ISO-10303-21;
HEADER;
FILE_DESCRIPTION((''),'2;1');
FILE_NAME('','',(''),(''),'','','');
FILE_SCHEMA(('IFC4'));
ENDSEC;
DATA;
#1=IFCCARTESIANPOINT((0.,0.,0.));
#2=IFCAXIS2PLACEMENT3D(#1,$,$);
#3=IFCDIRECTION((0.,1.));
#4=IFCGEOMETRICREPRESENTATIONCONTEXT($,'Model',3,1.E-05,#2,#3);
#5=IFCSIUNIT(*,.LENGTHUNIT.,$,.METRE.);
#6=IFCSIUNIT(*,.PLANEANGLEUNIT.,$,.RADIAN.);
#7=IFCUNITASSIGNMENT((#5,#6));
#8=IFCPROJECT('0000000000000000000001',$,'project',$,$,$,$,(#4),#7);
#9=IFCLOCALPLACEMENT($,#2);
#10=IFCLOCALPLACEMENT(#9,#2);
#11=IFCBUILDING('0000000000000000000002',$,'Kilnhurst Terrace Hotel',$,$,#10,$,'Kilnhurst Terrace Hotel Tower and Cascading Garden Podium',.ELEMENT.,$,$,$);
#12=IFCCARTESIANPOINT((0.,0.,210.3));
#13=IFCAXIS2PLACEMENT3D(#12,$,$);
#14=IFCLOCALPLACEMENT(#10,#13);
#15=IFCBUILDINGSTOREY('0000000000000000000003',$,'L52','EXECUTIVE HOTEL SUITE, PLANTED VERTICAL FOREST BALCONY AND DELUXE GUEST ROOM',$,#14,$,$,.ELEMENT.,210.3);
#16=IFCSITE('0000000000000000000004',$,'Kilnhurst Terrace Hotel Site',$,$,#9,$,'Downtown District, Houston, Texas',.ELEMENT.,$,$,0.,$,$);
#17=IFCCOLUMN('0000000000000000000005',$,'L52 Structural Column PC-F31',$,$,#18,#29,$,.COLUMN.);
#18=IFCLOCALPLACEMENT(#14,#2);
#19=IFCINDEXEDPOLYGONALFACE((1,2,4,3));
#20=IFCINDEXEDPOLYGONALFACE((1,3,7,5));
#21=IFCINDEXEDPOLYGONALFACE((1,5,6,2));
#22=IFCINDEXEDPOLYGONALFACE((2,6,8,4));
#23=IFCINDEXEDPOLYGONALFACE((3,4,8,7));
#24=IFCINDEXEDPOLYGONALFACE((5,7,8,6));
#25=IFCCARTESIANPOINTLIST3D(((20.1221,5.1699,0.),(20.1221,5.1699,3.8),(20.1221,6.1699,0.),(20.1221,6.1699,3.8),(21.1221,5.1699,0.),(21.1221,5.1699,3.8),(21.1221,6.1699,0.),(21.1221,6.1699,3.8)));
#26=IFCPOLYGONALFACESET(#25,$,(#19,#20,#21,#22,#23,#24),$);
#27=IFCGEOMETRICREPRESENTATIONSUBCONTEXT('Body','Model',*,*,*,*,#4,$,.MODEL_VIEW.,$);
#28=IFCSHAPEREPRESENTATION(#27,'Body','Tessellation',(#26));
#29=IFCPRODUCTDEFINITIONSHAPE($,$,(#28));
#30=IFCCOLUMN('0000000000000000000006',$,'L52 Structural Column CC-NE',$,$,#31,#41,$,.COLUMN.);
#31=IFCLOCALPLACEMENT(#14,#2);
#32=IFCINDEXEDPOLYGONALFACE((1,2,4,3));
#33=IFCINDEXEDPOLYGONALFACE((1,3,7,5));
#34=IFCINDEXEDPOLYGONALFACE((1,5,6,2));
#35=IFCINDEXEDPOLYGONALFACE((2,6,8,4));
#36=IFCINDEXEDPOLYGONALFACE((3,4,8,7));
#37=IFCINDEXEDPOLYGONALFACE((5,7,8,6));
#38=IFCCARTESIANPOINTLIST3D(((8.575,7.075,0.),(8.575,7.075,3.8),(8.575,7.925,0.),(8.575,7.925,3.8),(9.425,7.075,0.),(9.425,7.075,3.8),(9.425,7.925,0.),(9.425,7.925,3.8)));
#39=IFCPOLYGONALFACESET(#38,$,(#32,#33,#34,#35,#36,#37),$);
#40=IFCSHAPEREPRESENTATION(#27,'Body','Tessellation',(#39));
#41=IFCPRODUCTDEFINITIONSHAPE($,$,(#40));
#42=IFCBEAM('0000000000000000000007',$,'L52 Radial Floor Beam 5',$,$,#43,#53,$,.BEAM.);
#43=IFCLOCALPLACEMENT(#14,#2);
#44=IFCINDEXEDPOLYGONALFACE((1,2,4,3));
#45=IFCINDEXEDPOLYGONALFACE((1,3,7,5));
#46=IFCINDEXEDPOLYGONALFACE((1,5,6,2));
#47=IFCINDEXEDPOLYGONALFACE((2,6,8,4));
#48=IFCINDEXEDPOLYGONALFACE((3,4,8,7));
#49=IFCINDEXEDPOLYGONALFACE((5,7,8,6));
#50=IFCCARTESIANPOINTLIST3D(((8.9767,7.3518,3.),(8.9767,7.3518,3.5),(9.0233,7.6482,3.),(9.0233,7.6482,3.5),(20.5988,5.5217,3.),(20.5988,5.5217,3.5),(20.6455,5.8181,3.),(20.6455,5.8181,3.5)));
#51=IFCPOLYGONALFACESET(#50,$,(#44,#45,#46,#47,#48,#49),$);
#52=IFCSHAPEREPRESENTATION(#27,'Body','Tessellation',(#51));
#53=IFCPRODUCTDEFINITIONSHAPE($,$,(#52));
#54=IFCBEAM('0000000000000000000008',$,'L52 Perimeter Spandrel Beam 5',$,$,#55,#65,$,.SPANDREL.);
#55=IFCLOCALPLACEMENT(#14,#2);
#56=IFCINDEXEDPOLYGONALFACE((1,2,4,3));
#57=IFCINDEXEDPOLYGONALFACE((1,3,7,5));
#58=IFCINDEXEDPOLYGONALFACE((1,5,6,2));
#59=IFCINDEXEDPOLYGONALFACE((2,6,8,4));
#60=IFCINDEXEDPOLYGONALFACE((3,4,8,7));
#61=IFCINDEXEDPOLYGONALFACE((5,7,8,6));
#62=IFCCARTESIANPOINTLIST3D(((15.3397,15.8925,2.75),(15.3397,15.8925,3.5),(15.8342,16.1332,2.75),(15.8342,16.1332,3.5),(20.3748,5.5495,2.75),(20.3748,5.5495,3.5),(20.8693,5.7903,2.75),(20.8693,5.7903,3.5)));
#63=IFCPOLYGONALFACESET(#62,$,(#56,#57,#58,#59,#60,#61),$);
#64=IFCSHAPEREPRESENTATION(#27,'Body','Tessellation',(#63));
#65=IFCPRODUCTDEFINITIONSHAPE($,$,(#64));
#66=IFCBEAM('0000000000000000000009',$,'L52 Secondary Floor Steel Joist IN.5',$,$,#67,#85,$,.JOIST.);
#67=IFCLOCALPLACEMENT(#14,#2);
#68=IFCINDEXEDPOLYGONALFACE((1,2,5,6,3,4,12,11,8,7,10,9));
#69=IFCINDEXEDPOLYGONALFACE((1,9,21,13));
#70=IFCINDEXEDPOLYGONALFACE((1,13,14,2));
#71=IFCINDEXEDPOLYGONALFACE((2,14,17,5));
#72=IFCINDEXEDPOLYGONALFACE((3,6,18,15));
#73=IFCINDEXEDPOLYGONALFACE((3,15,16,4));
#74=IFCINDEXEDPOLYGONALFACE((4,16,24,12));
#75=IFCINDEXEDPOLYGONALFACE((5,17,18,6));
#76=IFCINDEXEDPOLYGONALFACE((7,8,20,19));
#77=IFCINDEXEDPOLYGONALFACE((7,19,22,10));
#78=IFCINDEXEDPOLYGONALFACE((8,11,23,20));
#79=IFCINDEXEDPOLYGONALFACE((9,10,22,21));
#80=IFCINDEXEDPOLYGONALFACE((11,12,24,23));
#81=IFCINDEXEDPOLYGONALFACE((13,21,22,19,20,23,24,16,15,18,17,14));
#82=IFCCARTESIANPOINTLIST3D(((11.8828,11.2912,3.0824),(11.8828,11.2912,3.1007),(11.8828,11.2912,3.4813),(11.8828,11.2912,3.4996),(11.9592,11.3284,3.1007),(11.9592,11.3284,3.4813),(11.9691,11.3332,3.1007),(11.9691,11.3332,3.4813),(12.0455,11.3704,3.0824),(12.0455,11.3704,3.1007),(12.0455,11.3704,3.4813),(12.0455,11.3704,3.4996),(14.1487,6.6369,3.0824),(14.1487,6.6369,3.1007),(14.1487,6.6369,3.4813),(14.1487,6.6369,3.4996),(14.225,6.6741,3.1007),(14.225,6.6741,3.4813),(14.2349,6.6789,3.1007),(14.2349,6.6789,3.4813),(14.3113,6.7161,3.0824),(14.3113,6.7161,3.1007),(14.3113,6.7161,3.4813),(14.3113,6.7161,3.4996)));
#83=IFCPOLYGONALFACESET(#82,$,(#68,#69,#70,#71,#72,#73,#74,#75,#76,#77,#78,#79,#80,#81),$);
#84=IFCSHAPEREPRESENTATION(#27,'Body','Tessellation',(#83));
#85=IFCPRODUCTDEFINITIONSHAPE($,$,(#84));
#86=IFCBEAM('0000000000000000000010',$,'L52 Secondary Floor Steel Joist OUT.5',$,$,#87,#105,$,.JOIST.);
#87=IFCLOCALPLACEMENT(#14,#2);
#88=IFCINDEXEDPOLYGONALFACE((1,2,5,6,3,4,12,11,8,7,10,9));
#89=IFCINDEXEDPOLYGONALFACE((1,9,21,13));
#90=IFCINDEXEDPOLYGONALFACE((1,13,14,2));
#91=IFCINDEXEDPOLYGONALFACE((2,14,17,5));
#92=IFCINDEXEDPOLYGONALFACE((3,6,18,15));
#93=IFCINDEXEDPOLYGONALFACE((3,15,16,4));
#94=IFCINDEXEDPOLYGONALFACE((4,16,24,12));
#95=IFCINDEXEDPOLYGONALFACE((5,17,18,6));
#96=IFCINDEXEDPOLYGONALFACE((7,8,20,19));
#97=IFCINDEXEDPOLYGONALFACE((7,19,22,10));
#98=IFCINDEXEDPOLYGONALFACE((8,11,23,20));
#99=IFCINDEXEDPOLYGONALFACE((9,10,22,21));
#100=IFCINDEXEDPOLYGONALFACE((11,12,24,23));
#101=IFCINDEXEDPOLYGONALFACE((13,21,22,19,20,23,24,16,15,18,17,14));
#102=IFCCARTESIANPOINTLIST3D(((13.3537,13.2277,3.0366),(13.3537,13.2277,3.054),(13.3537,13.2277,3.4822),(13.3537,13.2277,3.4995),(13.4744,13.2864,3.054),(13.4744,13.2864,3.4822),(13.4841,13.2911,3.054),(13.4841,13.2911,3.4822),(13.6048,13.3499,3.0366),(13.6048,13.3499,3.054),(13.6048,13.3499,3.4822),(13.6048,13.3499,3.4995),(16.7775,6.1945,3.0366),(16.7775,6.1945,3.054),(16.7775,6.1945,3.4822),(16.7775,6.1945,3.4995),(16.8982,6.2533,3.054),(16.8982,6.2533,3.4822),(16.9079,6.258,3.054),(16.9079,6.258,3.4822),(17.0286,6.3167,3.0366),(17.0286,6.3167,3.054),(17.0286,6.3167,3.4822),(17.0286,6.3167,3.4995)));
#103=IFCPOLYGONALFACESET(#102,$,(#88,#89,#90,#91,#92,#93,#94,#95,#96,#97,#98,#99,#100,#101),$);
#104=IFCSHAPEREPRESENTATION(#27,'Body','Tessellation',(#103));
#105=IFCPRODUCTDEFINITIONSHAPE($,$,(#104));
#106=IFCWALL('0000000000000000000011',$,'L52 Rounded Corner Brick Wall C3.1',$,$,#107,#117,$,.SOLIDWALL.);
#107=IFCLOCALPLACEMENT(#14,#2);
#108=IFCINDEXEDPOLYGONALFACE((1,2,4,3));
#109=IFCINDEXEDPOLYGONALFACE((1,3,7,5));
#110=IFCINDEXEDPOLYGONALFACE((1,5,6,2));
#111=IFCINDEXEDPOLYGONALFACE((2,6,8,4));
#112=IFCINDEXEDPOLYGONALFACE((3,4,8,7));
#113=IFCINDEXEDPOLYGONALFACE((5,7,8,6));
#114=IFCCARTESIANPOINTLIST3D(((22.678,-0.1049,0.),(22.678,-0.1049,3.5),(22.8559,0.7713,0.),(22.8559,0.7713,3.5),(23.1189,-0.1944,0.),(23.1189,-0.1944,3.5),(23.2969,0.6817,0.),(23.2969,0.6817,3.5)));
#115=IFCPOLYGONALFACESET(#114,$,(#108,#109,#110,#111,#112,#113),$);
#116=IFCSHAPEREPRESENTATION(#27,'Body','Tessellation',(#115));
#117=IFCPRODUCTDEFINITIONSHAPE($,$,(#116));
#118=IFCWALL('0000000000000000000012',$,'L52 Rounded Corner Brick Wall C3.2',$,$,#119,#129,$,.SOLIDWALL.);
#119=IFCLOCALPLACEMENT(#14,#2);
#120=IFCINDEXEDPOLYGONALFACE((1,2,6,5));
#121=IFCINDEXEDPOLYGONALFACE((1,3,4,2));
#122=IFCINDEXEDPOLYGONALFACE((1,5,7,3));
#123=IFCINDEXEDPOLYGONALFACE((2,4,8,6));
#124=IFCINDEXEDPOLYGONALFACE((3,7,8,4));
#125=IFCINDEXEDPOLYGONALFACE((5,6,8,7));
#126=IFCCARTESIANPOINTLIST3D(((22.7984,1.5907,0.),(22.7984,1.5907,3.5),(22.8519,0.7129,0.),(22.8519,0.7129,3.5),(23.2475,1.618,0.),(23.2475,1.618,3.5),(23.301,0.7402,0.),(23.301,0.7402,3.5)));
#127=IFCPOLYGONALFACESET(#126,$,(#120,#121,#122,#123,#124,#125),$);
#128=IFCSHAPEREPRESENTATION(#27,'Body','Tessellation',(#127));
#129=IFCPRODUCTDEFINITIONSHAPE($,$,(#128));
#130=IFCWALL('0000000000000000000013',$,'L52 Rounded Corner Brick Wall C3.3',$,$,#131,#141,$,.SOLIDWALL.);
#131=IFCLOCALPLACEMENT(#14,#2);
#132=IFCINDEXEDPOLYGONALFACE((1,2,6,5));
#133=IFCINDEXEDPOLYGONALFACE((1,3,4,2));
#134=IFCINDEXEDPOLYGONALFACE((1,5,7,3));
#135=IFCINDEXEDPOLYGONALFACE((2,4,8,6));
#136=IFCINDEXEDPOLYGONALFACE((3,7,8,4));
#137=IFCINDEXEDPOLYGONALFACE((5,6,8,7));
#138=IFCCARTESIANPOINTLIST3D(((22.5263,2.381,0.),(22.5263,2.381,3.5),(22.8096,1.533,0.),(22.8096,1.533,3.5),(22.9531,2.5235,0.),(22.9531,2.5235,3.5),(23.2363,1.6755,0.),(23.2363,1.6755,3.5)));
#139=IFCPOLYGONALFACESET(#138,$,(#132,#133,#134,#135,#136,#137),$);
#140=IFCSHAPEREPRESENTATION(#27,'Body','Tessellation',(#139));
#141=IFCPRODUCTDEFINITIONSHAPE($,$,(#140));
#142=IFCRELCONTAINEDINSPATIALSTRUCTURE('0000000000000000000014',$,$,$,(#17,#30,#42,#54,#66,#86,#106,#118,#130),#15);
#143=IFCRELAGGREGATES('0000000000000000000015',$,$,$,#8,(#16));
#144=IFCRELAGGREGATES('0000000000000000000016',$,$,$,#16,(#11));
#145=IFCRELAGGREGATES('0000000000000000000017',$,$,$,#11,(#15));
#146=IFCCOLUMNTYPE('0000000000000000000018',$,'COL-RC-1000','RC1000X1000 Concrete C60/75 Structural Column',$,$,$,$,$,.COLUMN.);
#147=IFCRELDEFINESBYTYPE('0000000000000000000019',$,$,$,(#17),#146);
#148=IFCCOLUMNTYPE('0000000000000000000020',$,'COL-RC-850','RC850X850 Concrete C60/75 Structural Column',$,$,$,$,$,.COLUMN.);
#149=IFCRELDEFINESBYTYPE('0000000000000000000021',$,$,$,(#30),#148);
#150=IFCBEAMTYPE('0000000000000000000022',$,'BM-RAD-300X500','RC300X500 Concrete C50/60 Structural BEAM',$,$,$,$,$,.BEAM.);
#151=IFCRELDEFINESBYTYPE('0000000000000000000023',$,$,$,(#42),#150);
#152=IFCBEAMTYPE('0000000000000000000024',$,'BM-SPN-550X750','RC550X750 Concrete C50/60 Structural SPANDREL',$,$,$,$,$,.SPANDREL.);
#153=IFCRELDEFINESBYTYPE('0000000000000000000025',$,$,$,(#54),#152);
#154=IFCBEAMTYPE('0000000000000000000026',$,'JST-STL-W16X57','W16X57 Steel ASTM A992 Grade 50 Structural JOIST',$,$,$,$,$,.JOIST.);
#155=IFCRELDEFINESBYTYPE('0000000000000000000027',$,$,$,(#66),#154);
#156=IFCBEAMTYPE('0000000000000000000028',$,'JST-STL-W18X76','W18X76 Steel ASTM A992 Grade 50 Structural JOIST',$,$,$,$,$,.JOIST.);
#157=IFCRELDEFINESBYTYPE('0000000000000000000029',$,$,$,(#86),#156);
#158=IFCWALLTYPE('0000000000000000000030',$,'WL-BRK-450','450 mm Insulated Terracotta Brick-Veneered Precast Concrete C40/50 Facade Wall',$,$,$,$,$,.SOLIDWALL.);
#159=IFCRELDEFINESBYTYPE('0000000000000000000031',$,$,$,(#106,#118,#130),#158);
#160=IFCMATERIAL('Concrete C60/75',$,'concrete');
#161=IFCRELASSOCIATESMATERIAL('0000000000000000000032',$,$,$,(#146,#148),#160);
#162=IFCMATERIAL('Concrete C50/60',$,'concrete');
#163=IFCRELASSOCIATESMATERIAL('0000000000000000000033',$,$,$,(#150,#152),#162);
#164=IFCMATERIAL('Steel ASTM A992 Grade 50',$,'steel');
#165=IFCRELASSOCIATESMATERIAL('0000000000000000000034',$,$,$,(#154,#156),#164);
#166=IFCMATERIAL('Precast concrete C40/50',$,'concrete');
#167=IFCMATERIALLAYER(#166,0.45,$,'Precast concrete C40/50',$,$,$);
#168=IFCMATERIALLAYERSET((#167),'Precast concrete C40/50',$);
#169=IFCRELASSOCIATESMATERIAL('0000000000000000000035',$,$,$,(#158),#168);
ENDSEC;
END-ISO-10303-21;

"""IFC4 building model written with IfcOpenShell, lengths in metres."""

from ifc_helpers import new_model, si_unit, direction, frame, frame_2d, origin, origin_2d, place, context, subcontext, project, spatial, rectangle, i_section, extrude, material, layer, layer_set, material_profile, profile_set, type_object, element, save


model = new_model("IFC4")

# Units and contexts
model_context = context("Model", 3, precision=1e-05, world=origin(), true_north=direction((0.0, 1.0)))
body_context = subcontext(model_context, "Body", "Model", "MODEL_VIEW")
ifc_project = project(units=[si_unit("LENGTHUNIT", "METRE"), si_unit("PLANEANGLEUNIT", "RADIAN")], contexts=[model_context])

# Site, building, storey
site_placement = place(None, origin())
site = spatial("IfcSite", under=ifc_project, at=site_placement, Name="Kilnhurst Terrace Hotel Site", LongName="Downtown District, Houston, Texas", CompositionType="ELEMENT", RefElevation=0.0)
building_placement = place(site_placement, origin())
building = spatial("IfcBuilding", under=site, at=building_placement, Name="Kilnhurst Terrace Hotel", LongName="Kilnhurst Terrace Hotel Tower and Cascading Garden Podium", CompositionType="ELEMENT")
storey_placement = place(building_placement, frame((0.0, 0.0, 210.3)))
storey = spatial("IfcBuildingStorey", under=building, at=storey_placement, Name="L52", Description="EXECUTIVE HOTEL SUITE, PLANTED VERTICAL FOREST BALCONY AND DELUXE GUEST ROOM", CompositionType="ELEMENT", Elevation=210.3)

# Columns
ifc_material_1 = material(Name="Concrete C60/75", Category="concrete")
ifc_material_profile_1 = material_profile(ifc_material_1, rectangle(XDim=1.0, YDim=1.0, at=origin_2d()), Name="RC1000X1000")
ifc_profile_set_1 = profile_set([ifc_material_profile_1], Name="Concrete C60/75")
column_type_1 = type_object("IfcColumnType", Name="COL-RC-1000", Description="RC1000X1000 Concrete C60/75 Structural Column", PredefinedType="COLUMN", material=ifc_profile_set_1)
column_1_placement = place(storey_placement, frame((20.6221, 5.6699, 0.0), z_axis=(0.0, 0.0, 1.0), x_axis=(1.0, 0.0, 0.0)))
element("IfcColumn", 1, at=column_1_placement, inside=storey, type_object=column_type_1, Name="L52 Structural Column PC-F31", PredefinedType="COLUMN", context=body_context, shape_type="SweptSolid", body=[
    extrude(rectangle(XDim=1.0, YDim=1.0, at=origin_2d()), origin(), (0.0, 0.0, 1.0), 3.8),
])
ifc_material_profile_2 = material_profile(ifc_material_1, rectangle(XDim=0.8501, YDim=0.8501, at=origin_2d()), Name="RC850X850")
ifc_profile_set_2 = profile_set([ifc_material_profile_2], Name="Concrete C60/75")
column_type_2 = type_object("IfcColumnType", Name="COL-RC-850", Description="RC850X850 Concrete C60/75 Structural Column", PredefinedType="COLUMN", material=ifc_profile_set_2)
column_2_placement = place(storey_placement, frame((9.0, 7.5, 0.0), z_axis=(0.0, 0.0, 1.0), x_axis=(1.0, 0.0, 0.0)))
element("IfcColumn", 2, at=column_2_placement, inside=storey, type_object=column_type_2, Name="L52 Structural Column CC-NE", PredefinedType="COLUMN", context=body_context, shape_type="SweptSolid", body=[
    extrude(rectangle(XDim=0.8501, YDim=0.8501, at=origin_2d()), origin(), (0.0, 0.0, 1.0), 3.8),
])

# Beams
ifc_material_2 = material(Name="Concrete C50/60", Category="concrete")
ifc_material_profile_3 = material_profile(ifc_material_2, rectangle(XDim=0.3, YDim=0.5, at=origin_2d()), Name="RC300X500")
ifc_profile_set_3 = profile_set([ifc_material_profile_3], Name="Concrete C50/60")
beam_type_1 = type_object("IfcBeamType", Name="BM-RAD-300X500", Description="RC300X500 Concrete C50/60 Structural BEAM", PredefinedType="BEAM", material=ifc_profile_set_3)
beam_1_placement = place(storey_placement, frame((9.0, 7.5, 3.25), z_axis=(0.987828, -0.155549, 0.0), x_axis=(0.155549, 0.987828, 0.0)))
element("IfcBeam", 3, at=beam_1_placement, inside=storey, type_object=beam_type_1, Name="L52 Radial Floor Beam 5", PredefinedType="BEAM", context=body_context, shape_type="SweptSolid", body=[
    extrude(rectangle(XDim=0.3, YDim=0.5, at=origin_2d()), origin(), (0.0, 0.0, 1.0), 11.7654),
])
ifc_material_profile_4 = material_profile(ifc_material_2, rectangle(XDim=0.55, YDim=0.75, at=origin_2d()), Name="RC550X750")
ifc_profile_set_4 = profile_set([ifc_material_profile_4], Name="Concrete C50/60")
beam_type_2 = type_object("IfcBeamType", Name="BM-SPN-550X750", Description="RC550X750 Concrete C50/60 Structural SPANDREL", PredefinedType="SPANDREL", material=ifc_profile_set_4)
beam_2_placement = place(storey_placement, frame((20.6221, 5.6699, 3.125), z_axis=(-0.437706, 0.899118, 0.0), x_axis=(-0.899118, -0.437706, 0.0)))
element("IfcBeam", 4, at=beam_2_placement, inside=storey, type_object=beam_type_2, Name="L52 Perimeter Spandrel Beam 5", PredefinedType="SPANDREL", context=body_context, shape_type="SweptSolid", body=[
    extrude(rectangle(XDim=0.55, YDim=0.75, at=origin_2d()), origin(), (0.0, 0.0, 1.0), 11.5034),
])
ifc_material_3 = material(Name="Steel ASTM A992 Grade 50", Category="steel")
ifc_material_profile_5 = material_profile(ifc_material_3, i_section(OverallWidth=0.1809, OverallDepth=0.4172, WebThickness=0.011, FlangeThickness=0.0183, at=origin_2d()), Name="W16X57")
ifc_profile_set_5 = profile_set([ifc_material_profile_5], Name="Steel ASTM A992 Grade 50")
beam_type_3 = type_object("IfcBeamType", Name="JST-STL-W16X57", Description="W16X57 Steel ASTM A992 Grade 50 Structural JOIST", PredefinedType="JOIST", material=ifc_profile_set_5)
beam_3_placement = place(storey_placement, frame((14.23, 6.6765, 3.291), z_axis=(-0.437718, 0.899112, 0.0), x_axis=(-0.899112, -0.437718, 0.0)))
element("IfcBeam", 5, at=beam_3_placement, inside=storey, type_object=beam_type_3, Name="L52 Secondary Floor Steel Joist IN.5", PredefinedType="JOIST", context=body_context, shape_type="SweptSolid", body=[
    extrude(i_section(OverallWidth=0.1809, OverallDepth=0.4172, WebThickness=0.011, FlangeThickness=0.0183, at=origin_2d()), origin(), (0.0, 0.0, 1.0), 5.1765),
])
ifc_material_profile_6 = material_profile(ifc_material_3, i_section(OverallWidth=0.2793, OverallDepth=0.4629, WebThickness=0.0107, FlangeThickness=0.0173, at=origin_2d()), Name="W18X76")
ifc_profile_set_6 = profile_set([ifc_material_profile_6], Name="Steel ASTM A992 Grade 50")
beam_type_4 = type_object("IfcBeamType", Name="JST-STL-W18X76", Description="W18X76 Steel ASTM A992 Grade 50 Structural JOIST", PredefinedType="JOIST", material=ifc_profile_set_6)
beam_4_placement = place(storey_placement, frame((16.9031, 6.2556, 3.2681), z_axis=(-0.4377, 0.899121, 0.0), x_axis=(-0.899121, -0.4377, 0.0)))
element("IfcBeam", 6, at=beam_4_placement, inside=storey, type_object=beam_type_4, Name="L52 Secondary Floor Steel Joist OUT.5", PredefinedType="JOIST", context=body_context, shape_type="SweptSolid", body=[
    extrude(i_section(OverallWidth=0.2793, OverallDepth=0.4629, WebThickness=0.0107, FlangeThickness=0.0173, at=origin_2d()), origin(), (0.0, 0.0, 1.0), 7.8223),
])

# Walls
ifc_material_4 = material(Name="Precast concrete C40/50", Category="concrete")
ifc_layer_1 = layer(ifc_material_4, 0.45, Name="Precast concrete C40/50")
ifc_layer_set_1 = layer_set([ifc_layer_1], Name="Precast concrete C40/50")
wall_type_1 = type_object("IfcWallType", Name="WL-BRK-450", Description="450 mm Insulated Terracotta Brick-Veneered Precast Concrete C40/50 Facade Wall", PredefinedType="SOLIDWALL", material=ifc_layer_set_1)
wall_1_placement = place(storey_placement, frame((22.8984, -0.1497, 0.0), z_axis=(0.0, 0.0, 1.0), x_axis=(0.199056, 0.979988, 0.0)))
element("IfcWall", 7, at=wall_1_placement, inside=storey, type_object=wall_type_1, Name="L52 Rounded Corner Brick Wall C3.1", PredefinedType="SOLIDWALL", context=body_context, shape_type="SweptSolid", body=[
    extrude(rectangle(XDim=0.894, YDim=0.45, at=frame_2d((0.447, 0.0))), origin(), (0.0, 0.0, 1.0), 3.5),
])
wall_2_placement = place(storey_placement, frame((23.0764, 0.7266, 0.0), z_axis=(0.0, 0.0, 1.0), x_axis=(-0.060805, 0.99815, 0.0)))
element("IfcWall", 8, at=wall_2_placement, inside=storey, type_object=wall_type_1, Name="L52 Rounded Corner Brick Wall C3.2", PredefinedType="SOLIDWALL", context=body_context, shape_type="SweptSolid", body=[
    extrude(rectangle(XDim=0.8794, YDim=0.45, at=frame_2d((0.4397, 0.0))), origin(), (0.0, 0.0, 1.0), 3.5),
])
wall_3_placement = place(storey_placement, frame((23.0229, 1.6042, 0.0), z_axis=(0.0, 0.0, 1.0), x_axis=(-0.316801, 0.948492, 0.0)))
element("IfcWall", 9, at=wall_3_placement, inside=storey, type_object=wall_type_1, Name="L52 Rounded Corner Brick Wall C3.3", PredefinedType="SOLIDWALL", context=body_context, shape_type="SweptSolid", body=[
    extrude(rectangle(XDim=0.894, YDim=0.45, at=frame_2d((0.447, 0.0))), origin(), (0.0, 0.0, 1.0), 3.5),
])

save(model, "model.ifc")
